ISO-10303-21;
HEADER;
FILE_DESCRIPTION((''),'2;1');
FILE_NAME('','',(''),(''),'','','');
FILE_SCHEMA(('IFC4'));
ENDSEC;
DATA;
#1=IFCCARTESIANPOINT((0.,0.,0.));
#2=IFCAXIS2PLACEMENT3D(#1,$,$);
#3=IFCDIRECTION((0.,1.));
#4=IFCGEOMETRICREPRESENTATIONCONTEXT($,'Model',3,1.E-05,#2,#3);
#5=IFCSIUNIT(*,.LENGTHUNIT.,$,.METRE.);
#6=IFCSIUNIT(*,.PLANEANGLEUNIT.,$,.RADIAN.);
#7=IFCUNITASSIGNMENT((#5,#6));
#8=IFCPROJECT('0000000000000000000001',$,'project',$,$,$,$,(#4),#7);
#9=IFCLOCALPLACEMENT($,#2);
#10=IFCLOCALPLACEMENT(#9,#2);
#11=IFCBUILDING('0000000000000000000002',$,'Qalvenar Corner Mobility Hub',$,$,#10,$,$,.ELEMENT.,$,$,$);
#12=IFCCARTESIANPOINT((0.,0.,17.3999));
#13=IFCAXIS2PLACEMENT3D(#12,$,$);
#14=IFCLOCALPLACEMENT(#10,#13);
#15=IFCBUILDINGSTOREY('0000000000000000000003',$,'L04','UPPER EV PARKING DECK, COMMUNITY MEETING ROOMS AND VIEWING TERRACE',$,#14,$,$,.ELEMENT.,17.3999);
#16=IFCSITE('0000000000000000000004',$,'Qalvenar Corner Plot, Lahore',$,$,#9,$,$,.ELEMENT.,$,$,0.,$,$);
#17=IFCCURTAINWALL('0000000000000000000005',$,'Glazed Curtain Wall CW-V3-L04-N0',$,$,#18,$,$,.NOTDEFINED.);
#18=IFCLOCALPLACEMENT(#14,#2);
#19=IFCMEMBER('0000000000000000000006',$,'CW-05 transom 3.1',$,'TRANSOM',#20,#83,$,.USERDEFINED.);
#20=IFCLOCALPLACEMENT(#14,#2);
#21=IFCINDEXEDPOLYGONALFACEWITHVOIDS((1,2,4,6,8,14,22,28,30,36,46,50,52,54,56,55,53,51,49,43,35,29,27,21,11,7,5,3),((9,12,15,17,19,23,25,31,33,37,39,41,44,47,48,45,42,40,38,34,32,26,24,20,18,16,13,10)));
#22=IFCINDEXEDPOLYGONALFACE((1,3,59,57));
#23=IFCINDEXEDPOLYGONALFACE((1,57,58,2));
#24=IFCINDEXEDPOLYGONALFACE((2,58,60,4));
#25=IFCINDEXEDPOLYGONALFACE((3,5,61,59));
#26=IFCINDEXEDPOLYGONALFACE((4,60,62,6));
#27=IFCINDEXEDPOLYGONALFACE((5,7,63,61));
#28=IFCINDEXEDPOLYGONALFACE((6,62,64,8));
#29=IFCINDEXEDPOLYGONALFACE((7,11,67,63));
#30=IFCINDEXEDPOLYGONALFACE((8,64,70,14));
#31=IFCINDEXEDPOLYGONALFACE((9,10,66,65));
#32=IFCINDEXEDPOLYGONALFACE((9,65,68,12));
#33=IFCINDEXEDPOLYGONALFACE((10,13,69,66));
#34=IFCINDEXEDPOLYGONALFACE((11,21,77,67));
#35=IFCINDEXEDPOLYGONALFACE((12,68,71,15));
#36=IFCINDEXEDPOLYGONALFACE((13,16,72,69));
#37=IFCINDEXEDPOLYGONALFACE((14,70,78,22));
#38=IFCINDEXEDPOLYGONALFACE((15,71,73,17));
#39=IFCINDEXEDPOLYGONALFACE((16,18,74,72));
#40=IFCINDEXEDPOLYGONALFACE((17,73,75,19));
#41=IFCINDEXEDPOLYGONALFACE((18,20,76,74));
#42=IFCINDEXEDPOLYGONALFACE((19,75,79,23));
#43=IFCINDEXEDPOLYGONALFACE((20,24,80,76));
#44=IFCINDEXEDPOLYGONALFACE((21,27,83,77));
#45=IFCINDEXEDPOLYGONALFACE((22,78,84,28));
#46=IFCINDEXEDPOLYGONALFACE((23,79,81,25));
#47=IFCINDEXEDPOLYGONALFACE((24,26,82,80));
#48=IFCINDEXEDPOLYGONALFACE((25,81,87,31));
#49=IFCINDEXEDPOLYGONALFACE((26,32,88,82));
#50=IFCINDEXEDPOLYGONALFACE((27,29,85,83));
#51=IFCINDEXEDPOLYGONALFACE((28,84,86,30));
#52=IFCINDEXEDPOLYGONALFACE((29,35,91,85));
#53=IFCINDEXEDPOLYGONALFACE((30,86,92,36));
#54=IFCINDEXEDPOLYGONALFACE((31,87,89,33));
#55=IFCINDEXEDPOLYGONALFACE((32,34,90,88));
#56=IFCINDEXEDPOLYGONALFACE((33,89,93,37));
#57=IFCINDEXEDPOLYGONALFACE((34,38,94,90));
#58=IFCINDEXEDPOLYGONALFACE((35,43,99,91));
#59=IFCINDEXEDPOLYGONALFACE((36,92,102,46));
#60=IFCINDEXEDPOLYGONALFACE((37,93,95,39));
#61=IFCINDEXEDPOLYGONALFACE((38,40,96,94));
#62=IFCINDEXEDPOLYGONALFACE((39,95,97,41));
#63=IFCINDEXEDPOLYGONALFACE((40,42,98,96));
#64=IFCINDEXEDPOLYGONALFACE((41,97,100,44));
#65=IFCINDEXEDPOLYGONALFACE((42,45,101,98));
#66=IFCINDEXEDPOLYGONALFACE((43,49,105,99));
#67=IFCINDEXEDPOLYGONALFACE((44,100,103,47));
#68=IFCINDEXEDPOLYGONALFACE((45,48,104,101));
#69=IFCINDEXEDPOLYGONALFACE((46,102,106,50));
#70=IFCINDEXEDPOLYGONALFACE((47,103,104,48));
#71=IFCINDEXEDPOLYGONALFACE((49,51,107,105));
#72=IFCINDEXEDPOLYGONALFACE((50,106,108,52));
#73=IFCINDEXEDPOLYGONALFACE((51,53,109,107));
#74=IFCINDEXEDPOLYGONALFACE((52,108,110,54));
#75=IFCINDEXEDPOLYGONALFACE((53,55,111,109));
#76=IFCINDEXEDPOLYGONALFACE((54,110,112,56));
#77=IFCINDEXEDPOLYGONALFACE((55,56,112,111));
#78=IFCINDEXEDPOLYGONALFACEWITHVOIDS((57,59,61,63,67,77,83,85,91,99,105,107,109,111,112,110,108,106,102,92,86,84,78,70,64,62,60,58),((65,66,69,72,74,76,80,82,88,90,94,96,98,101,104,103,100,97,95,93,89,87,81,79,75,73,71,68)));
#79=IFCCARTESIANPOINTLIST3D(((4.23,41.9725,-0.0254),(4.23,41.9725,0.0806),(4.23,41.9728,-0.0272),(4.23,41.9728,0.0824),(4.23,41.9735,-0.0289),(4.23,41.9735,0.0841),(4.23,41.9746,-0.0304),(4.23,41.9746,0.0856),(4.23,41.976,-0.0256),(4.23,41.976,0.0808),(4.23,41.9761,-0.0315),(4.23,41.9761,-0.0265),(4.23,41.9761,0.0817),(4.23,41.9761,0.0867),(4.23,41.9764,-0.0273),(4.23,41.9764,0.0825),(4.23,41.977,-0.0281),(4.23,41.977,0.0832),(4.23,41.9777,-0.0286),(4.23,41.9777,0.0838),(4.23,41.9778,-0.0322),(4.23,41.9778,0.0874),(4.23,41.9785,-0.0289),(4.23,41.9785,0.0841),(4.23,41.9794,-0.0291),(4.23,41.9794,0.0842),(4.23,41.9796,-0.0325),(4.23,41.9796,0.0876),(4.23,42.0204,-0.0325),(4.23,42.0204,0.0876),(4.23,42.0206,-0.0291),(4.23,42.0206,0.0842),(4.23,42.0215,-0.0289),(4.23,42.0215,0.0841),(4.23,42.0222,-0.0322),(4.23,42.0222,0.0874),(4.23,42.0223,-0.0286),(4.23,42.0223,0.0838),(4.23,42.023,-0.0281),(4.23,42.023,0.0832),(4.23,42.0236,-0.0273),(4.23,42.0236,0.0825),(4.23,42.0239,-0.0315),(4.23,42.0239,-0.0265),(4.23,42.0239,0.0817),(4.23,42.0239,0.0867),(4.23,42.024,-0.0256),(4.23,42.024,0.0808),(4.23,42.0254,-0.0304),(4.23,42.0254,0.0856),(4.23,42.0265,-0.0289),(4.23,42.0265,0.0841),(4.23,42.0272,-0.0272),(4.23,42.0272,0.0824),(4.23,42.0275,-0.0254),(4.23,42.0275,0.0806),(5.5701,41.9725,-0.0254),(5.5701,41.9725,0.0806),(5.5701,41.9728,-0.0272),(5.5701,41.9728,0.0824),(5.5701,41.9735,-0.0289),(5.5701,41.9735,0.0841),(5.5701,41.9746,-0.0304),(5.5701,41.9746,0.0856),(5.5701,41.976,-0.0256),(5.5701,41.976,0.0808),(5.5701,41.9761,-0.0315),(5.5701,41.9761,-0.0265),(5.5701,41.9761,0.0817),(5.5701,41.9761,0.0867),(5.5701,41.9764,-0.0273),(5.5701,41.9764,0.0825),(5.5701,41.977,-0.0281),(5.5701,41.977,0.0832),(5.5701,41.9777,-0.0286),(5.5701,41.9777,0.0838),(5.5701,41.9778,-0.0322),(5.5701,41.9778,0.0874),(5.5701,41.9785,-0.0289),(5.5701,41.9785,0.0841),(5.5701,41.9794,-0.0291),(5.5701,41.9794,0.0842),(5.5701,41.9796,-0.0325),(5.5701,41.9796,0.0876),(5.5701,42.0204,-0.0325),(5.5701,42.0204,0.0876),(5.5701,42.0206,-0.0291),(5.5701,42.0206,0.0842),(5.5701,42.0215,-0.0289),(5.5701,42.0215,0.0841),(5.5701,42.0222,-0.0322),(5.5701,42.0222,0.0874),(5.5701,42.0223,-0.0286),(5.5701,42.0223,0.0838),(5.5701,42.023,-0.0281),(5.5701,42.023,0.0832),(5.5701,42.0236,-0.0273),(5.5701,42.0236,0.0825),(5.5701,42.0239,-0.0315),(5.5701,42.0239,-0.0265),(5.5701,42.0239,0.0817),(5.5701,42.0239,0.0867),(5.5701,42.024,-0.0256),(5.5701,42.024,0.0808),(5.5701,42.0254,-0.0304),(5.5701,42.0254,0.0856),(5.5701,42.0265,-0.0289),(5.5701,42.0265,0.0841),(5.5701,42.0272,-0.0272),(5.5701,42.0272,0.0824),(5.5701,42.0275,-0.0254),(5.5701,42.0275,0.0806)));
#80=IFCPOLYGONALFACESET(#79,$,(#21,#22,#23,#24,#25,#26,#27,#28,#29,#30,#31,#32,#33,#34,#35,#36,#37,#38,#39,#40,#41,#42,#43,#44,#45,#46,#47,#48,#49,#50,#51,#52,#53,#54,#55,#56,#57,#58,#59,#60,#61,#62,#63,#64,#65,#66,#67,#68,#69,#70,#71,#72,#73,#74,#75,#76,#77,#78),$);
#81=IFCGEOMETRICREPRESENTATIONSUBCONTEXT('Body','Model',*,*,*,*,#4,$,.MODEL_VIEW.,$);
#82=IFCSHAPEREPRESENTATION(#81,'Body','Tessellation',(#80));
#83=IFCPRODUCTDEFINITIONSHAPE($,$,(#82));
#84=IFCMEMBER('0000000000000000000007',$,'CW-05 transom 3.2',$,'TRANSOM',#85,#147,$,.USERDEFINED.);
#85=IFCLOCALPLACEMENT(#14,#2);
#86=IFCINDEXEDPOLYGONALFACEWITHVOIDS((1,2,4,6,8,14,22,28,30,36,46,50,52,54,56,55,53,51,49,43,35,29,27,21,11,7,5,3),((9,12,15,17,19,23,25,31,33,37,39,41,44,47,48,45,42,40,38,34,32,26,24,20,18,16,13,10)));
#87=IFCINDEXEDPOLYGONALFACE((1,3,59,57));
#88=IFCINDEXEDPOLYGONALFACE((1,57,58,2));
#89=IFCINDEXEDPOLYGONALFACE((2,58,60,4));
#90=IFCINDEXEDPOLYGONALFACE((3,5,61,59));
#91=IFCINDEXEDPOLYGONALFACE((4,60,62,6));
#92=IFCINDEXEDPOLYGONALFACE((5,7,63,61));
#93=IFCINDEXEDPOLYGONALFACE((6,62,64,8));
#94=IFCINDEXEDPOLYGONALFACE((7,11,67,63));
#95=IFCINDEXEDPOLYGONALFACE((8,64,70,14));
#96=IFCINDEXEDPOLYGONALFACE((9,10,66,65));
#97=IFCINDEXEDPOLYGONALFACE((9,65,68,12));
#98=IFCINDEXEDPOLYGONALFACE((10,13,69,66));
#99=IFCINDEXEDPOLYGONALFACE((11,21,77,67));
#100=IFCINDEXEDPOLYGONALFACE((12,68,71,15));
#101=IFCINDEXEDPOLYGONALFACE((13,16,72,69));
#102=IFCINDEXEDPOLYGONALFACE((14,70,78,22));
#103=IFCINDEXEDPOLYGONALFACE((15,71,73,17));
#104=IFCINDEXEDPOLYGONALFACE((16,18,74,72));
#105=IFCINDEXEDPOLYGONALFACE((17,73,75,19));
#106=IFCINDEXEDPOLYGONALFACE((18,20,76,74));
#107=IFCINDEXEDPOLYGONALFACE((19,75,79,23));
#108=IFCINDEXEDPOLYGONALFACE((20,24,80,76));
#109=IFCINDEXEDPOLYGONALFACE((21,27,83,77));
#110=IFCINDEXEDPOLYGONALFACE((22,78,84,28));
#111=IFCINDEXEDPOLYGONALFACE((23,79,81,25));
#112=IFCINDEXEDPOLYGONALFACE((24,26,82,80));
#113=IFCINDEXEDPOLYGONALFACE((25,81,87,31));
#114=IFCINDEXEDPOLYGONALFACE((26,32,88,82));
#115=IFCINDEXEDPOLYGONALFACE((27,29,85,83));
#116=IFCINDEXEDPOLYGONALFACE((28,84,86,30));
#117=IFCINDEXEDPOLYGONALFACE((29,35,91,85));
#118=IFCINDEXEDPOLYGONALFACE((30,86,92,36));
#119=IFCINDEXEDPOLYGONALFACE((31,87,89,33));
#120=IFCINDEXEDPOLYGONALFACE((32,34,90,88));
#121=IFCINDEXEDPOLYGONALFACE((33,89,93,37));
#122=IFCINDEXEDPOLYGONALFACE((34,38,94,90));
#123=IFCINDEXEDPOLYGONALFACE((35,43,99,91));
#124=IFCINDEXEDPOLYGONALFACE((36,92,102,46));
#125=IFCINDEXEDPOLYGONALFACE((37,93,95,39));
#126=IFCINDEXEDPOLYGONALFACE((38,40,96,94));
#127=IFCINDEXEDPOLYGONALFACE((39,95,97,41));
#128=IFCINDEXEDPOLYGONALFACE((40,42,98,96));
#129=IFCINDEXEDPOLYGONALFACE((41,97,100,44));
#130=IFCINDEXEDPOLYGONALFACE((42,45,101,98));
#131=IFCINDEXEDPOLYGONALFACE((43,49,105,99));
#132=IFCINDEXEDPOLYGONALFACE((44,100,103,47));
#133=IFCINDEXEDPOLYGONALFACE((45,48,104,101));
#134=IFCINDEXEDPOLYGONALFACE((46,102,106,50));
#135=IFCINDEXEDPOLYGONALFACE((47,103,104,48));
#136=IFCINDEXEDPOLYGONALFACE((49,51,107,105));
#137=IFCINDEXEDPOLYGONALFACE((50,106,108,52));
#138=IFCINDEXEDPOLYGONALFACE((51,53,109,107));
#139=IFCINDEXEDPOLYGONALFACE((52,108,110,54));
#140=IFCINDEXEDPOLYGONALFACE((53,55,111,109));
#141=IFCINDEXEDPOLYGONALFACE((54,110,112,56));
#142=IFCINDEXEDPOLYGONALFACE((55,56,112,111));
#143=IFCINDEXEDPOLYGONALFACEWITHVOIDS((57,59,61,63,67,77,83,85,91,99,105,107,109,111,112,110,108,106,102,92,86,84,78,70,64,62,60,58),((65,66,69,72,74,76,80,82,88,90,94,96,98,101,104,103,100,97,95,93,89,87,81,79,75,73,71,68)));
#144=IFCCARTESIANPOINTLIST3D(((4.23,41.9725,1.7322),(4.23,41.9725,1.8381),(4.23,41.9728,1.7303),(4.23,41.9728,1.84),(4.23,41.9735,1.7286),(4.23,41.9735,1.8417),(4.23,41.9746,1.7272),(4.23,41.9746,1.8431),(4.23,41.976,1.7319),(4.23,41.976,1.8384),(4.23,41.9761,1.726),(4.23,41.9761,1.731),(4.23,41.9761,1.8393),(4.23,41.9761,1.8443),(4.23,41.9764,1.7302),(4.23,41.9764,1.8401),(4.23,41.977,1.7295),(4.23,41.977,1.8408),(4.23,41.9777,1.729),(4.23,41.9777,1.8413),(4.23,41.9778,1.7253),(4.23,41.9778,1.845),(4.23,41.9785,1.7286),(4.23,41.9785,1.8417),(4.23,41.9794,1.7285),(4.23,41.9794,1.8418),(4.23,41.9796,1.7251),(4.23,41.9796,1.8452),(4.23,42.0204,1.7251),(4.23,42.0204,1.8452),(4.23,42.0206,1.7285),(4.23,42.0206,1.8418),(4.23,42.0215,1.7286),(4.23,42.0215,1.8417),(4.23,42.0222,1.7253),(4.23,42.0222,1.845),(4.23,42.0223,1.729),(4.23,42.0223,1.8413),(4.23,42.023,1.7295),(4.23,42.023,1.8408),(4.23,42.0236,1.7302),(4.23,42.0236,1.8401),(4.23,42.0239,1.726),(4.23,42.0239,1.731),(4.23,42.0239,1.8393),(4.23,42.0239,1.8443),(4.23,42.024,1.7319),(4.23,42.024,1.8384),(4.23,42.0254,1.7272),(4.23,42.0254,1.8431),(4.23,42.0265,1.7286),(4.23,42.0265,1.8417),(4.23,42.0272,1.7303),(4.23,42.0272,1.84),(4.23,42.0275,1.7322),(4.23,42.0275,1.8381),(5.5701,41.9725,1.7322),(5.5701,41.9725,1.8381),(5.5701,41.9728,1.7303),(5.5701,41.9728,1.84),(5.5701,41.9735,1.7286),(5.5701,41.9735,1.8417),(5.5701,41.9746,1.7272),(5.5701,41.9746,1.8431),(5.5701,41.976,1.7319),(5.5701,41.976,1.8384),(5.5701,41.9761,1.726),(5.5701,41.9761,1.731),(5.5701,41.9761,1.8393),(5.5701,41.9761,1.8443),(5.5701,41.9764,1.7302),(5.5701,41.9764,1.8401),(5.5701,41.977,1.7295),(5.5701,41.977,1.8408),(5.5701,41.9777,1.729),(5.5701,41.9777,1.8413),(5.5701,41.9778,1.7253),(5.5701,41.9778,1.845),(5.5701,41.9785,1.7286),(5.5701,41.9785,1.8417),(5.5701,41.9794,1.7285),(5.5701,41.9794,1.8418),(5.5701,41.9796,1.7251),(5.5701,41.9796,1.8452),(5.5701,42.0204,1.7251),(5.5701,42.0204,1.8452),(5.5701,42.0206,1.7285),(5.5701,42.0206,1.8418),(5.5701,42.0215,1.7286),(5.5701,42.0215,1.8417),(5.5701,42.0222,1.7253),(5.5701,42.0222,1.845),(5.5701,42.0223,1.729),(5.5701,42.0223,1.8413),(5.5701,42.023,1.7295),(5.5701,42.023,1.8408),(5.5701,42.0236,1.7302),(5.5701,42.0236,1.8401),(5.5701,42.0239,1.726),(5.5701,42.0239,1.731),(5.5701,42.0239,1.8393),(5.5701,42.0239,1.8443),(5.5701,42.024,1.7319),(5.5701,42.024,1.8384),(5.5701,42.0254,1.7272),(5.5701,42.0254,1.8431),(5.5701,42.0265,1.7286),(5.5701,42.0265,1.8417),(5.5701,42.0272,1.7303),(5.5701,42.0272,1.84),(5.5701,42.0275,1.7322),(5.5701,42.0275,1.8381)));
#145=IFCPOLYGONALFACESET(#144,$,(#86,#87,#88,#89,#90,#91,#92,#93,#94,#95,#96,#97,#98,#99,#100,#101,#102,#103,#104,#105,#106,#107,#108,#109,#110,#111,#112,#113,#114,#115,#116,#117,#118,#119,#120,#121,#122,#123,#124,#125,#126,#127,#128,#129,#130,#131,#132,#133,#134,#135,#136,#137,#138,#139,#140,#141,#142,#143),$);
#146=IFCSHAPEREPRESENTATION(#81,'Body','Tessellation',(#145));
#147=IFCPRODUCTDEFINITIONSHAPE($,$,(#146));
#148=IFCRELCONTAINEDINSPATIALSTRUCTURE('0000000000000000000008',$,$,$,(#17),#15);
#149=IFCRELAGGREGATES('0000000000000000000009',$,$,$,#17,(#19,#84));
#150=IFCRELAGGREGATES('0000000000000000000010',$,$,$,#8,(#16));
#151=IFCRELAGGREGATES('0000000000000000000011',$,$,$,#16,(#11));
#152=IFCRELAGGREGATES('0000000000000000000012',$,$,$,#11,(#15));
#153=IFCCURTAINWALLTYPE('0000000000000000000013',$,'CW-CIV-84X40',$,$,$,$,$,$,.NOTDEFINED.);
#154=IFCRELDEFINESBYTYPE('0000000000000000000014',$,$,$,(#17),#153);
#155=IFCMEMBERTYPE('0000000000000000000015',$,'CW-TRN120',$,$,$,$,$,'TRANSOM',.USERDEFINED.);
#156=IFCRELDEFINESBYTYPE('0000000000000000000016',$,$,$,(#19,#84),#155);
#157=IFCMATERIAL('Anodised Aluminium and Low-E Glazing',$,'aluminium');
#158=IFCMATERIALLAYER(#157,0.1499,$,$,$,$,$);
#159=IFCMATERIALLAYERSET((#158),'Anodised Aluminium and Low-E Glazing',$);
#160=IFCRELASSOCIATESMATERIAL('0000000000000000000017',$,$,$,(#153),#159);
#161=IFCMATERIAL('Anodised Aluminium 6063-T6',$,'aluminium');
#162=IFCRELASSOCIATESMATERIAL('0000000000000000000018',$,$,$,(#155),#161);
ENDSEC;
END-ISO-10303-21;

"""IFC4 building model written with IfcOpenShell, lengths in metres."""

from ifc_helpers import new_model, si_unit, direction, frame, origin, origin_2d, place, context, subcontext, project, spatial, hollow_rectangle, extrude, material, layer, layer_set, material_profile, profile_set, type_object, element, aggregate, save


model = new_model("IFC4")

# Units and contexts
model_context = context("Model", 3, precision=1e-05, world=origin(), true_north=direction((0.0, 1.0)))
body_context = subcontext(model_context, "Body", "Model", "MODEL_VIEW")
ifc_project = project(units=[si_unit("LENGTHUNIT", "METRE"), si_unit("PLANEANGLEUNIT", "RADIAN")], contexts=[model_context])

# Site, building, storey
site_placement = place(None, origin())
site = spatial("IfcSite", under=ifc_project, at=site_placement, Name="Qalvenar Corner Plot, Lahore", CompositionType="ELEMENT", RefElevation=0.0)
building_placement = place(site_placement, origin())
building = spatial("IfcBuilding", under=site, at=building_placement, Name="Qalvenar Corner Mobility Hub", CompositionType="ELEMENT")
storey_placement = place(building_placement, frame((0.0, 0.0, 17.3999)))
storey = spatial("IfcBuildingStorey", under=building, at=storey_placement, Name="L04", Description="UPPER EV PARKING DECK, COMMUNITY MEETING ROOMS AND VIEWING TERRACE", CompositionType="ELEMENT", Elevation=17.3999)

# Curtain wall, members
ifc_material_1 = material(Name="Anodised Aluminium and Low-E Glazing", Category="aluminium")
ifc_layer_1 = layer(ifc_material_1, 0.1499)
ifc_layer_set_1 = layer_set([ifc_layer_1], Name="Anodised Aluminium and Low-E Glazing")
curtain_wall_type = type_object("IfcCurtainWallType", Name="CW-CIV-84X40", PredefinedType="NOTDEFINED", material=ifc_layer_set_1)
curtain_wall_placement = place(storey_placement, origin())
curtain_wall = element("IfcCurtainWall", 1, at=curtain_wall_placement, inside=storey, type_object=curtain_wall_type, Name="Glazed Curtain Wall CW-V3-L04-N0", PredefinedType="NOTDEFINED")
ifc_material_2 = material(Name="Anodised Aluminium 6063-T6", Category="aluminium")
ifc_material_profile_1 = material_profile(ifc_material_2, hollow_rectangle(XDim=0.0549, YDim=0.1201, WallThickness=0.0034, InnerFilletRadius=0.0034, OuterFilletRadius=0.0071, at=origin_2d()), Name="RHS120x55x3.5")
ifc_profile_set_1 = profile_set([ifc_material_profile_1], Name="Anodised Aluminium 6063-T6")
member_type_1 = type_object("IfcMemberType", Name="CW-TRN120", ElementType="TRANSOM", PredefinedType="USERDEFINED", material=ifc_profile_set_1)
member_1_placement = place(storey_placement, frame((5.5701, 42.0, 0.0276), z_axis=(-1.0, 0.0, 0.0), x_axis=(0.0, -1.0, 0.0)))
member_1 = element("IfcMember", 2, at=member_1_placement, type_object=member_type_1, Name="CW-05 transom 3.1", ObjectType="TRANSOM", PredefinedType="USERDEFINED", context=body_context, shape_type="SweptSolid", body=[
    extrude(hollow_rectangle(XDim=0.0549, YDim=0.1201, WallThickness=0.0034, InnerFilletRadius=0.0034, OuterFilletRadius=0.0071, at=origin_2d()), origin(), (0.0, 0.0, 1.0), 1.3401),
])
member_2_placement = place(storey_placement, frame((5.5701, 42.0, 1.7852), z_axis=(-1.0, 0.0, 0.0), x_axis=(0.0, -1.0, 0.0)))
member_2 = element("IfcMember", 3, at=member_2_placement, type_object=member_type_1, Name="CW-05 transom 3.2", ObjectType="TRANSOM", PredefinedType="USERDEFINED", context=body_context, shape_type="SweptSolid", body=[
    extrude(hollow_rectangle(XDim=0.0549, YDim=0.1201, WallThickness=0.0034, InnerFilletRadius=0.0034, OuterFilletRadius=0.0071, at=origin_2d()), origin(), (0.0, 0.0, 1.0), 1.3401),
])
aggregate(curtain_wall, [member_1, member_2])

save(model, "model.ifc")
